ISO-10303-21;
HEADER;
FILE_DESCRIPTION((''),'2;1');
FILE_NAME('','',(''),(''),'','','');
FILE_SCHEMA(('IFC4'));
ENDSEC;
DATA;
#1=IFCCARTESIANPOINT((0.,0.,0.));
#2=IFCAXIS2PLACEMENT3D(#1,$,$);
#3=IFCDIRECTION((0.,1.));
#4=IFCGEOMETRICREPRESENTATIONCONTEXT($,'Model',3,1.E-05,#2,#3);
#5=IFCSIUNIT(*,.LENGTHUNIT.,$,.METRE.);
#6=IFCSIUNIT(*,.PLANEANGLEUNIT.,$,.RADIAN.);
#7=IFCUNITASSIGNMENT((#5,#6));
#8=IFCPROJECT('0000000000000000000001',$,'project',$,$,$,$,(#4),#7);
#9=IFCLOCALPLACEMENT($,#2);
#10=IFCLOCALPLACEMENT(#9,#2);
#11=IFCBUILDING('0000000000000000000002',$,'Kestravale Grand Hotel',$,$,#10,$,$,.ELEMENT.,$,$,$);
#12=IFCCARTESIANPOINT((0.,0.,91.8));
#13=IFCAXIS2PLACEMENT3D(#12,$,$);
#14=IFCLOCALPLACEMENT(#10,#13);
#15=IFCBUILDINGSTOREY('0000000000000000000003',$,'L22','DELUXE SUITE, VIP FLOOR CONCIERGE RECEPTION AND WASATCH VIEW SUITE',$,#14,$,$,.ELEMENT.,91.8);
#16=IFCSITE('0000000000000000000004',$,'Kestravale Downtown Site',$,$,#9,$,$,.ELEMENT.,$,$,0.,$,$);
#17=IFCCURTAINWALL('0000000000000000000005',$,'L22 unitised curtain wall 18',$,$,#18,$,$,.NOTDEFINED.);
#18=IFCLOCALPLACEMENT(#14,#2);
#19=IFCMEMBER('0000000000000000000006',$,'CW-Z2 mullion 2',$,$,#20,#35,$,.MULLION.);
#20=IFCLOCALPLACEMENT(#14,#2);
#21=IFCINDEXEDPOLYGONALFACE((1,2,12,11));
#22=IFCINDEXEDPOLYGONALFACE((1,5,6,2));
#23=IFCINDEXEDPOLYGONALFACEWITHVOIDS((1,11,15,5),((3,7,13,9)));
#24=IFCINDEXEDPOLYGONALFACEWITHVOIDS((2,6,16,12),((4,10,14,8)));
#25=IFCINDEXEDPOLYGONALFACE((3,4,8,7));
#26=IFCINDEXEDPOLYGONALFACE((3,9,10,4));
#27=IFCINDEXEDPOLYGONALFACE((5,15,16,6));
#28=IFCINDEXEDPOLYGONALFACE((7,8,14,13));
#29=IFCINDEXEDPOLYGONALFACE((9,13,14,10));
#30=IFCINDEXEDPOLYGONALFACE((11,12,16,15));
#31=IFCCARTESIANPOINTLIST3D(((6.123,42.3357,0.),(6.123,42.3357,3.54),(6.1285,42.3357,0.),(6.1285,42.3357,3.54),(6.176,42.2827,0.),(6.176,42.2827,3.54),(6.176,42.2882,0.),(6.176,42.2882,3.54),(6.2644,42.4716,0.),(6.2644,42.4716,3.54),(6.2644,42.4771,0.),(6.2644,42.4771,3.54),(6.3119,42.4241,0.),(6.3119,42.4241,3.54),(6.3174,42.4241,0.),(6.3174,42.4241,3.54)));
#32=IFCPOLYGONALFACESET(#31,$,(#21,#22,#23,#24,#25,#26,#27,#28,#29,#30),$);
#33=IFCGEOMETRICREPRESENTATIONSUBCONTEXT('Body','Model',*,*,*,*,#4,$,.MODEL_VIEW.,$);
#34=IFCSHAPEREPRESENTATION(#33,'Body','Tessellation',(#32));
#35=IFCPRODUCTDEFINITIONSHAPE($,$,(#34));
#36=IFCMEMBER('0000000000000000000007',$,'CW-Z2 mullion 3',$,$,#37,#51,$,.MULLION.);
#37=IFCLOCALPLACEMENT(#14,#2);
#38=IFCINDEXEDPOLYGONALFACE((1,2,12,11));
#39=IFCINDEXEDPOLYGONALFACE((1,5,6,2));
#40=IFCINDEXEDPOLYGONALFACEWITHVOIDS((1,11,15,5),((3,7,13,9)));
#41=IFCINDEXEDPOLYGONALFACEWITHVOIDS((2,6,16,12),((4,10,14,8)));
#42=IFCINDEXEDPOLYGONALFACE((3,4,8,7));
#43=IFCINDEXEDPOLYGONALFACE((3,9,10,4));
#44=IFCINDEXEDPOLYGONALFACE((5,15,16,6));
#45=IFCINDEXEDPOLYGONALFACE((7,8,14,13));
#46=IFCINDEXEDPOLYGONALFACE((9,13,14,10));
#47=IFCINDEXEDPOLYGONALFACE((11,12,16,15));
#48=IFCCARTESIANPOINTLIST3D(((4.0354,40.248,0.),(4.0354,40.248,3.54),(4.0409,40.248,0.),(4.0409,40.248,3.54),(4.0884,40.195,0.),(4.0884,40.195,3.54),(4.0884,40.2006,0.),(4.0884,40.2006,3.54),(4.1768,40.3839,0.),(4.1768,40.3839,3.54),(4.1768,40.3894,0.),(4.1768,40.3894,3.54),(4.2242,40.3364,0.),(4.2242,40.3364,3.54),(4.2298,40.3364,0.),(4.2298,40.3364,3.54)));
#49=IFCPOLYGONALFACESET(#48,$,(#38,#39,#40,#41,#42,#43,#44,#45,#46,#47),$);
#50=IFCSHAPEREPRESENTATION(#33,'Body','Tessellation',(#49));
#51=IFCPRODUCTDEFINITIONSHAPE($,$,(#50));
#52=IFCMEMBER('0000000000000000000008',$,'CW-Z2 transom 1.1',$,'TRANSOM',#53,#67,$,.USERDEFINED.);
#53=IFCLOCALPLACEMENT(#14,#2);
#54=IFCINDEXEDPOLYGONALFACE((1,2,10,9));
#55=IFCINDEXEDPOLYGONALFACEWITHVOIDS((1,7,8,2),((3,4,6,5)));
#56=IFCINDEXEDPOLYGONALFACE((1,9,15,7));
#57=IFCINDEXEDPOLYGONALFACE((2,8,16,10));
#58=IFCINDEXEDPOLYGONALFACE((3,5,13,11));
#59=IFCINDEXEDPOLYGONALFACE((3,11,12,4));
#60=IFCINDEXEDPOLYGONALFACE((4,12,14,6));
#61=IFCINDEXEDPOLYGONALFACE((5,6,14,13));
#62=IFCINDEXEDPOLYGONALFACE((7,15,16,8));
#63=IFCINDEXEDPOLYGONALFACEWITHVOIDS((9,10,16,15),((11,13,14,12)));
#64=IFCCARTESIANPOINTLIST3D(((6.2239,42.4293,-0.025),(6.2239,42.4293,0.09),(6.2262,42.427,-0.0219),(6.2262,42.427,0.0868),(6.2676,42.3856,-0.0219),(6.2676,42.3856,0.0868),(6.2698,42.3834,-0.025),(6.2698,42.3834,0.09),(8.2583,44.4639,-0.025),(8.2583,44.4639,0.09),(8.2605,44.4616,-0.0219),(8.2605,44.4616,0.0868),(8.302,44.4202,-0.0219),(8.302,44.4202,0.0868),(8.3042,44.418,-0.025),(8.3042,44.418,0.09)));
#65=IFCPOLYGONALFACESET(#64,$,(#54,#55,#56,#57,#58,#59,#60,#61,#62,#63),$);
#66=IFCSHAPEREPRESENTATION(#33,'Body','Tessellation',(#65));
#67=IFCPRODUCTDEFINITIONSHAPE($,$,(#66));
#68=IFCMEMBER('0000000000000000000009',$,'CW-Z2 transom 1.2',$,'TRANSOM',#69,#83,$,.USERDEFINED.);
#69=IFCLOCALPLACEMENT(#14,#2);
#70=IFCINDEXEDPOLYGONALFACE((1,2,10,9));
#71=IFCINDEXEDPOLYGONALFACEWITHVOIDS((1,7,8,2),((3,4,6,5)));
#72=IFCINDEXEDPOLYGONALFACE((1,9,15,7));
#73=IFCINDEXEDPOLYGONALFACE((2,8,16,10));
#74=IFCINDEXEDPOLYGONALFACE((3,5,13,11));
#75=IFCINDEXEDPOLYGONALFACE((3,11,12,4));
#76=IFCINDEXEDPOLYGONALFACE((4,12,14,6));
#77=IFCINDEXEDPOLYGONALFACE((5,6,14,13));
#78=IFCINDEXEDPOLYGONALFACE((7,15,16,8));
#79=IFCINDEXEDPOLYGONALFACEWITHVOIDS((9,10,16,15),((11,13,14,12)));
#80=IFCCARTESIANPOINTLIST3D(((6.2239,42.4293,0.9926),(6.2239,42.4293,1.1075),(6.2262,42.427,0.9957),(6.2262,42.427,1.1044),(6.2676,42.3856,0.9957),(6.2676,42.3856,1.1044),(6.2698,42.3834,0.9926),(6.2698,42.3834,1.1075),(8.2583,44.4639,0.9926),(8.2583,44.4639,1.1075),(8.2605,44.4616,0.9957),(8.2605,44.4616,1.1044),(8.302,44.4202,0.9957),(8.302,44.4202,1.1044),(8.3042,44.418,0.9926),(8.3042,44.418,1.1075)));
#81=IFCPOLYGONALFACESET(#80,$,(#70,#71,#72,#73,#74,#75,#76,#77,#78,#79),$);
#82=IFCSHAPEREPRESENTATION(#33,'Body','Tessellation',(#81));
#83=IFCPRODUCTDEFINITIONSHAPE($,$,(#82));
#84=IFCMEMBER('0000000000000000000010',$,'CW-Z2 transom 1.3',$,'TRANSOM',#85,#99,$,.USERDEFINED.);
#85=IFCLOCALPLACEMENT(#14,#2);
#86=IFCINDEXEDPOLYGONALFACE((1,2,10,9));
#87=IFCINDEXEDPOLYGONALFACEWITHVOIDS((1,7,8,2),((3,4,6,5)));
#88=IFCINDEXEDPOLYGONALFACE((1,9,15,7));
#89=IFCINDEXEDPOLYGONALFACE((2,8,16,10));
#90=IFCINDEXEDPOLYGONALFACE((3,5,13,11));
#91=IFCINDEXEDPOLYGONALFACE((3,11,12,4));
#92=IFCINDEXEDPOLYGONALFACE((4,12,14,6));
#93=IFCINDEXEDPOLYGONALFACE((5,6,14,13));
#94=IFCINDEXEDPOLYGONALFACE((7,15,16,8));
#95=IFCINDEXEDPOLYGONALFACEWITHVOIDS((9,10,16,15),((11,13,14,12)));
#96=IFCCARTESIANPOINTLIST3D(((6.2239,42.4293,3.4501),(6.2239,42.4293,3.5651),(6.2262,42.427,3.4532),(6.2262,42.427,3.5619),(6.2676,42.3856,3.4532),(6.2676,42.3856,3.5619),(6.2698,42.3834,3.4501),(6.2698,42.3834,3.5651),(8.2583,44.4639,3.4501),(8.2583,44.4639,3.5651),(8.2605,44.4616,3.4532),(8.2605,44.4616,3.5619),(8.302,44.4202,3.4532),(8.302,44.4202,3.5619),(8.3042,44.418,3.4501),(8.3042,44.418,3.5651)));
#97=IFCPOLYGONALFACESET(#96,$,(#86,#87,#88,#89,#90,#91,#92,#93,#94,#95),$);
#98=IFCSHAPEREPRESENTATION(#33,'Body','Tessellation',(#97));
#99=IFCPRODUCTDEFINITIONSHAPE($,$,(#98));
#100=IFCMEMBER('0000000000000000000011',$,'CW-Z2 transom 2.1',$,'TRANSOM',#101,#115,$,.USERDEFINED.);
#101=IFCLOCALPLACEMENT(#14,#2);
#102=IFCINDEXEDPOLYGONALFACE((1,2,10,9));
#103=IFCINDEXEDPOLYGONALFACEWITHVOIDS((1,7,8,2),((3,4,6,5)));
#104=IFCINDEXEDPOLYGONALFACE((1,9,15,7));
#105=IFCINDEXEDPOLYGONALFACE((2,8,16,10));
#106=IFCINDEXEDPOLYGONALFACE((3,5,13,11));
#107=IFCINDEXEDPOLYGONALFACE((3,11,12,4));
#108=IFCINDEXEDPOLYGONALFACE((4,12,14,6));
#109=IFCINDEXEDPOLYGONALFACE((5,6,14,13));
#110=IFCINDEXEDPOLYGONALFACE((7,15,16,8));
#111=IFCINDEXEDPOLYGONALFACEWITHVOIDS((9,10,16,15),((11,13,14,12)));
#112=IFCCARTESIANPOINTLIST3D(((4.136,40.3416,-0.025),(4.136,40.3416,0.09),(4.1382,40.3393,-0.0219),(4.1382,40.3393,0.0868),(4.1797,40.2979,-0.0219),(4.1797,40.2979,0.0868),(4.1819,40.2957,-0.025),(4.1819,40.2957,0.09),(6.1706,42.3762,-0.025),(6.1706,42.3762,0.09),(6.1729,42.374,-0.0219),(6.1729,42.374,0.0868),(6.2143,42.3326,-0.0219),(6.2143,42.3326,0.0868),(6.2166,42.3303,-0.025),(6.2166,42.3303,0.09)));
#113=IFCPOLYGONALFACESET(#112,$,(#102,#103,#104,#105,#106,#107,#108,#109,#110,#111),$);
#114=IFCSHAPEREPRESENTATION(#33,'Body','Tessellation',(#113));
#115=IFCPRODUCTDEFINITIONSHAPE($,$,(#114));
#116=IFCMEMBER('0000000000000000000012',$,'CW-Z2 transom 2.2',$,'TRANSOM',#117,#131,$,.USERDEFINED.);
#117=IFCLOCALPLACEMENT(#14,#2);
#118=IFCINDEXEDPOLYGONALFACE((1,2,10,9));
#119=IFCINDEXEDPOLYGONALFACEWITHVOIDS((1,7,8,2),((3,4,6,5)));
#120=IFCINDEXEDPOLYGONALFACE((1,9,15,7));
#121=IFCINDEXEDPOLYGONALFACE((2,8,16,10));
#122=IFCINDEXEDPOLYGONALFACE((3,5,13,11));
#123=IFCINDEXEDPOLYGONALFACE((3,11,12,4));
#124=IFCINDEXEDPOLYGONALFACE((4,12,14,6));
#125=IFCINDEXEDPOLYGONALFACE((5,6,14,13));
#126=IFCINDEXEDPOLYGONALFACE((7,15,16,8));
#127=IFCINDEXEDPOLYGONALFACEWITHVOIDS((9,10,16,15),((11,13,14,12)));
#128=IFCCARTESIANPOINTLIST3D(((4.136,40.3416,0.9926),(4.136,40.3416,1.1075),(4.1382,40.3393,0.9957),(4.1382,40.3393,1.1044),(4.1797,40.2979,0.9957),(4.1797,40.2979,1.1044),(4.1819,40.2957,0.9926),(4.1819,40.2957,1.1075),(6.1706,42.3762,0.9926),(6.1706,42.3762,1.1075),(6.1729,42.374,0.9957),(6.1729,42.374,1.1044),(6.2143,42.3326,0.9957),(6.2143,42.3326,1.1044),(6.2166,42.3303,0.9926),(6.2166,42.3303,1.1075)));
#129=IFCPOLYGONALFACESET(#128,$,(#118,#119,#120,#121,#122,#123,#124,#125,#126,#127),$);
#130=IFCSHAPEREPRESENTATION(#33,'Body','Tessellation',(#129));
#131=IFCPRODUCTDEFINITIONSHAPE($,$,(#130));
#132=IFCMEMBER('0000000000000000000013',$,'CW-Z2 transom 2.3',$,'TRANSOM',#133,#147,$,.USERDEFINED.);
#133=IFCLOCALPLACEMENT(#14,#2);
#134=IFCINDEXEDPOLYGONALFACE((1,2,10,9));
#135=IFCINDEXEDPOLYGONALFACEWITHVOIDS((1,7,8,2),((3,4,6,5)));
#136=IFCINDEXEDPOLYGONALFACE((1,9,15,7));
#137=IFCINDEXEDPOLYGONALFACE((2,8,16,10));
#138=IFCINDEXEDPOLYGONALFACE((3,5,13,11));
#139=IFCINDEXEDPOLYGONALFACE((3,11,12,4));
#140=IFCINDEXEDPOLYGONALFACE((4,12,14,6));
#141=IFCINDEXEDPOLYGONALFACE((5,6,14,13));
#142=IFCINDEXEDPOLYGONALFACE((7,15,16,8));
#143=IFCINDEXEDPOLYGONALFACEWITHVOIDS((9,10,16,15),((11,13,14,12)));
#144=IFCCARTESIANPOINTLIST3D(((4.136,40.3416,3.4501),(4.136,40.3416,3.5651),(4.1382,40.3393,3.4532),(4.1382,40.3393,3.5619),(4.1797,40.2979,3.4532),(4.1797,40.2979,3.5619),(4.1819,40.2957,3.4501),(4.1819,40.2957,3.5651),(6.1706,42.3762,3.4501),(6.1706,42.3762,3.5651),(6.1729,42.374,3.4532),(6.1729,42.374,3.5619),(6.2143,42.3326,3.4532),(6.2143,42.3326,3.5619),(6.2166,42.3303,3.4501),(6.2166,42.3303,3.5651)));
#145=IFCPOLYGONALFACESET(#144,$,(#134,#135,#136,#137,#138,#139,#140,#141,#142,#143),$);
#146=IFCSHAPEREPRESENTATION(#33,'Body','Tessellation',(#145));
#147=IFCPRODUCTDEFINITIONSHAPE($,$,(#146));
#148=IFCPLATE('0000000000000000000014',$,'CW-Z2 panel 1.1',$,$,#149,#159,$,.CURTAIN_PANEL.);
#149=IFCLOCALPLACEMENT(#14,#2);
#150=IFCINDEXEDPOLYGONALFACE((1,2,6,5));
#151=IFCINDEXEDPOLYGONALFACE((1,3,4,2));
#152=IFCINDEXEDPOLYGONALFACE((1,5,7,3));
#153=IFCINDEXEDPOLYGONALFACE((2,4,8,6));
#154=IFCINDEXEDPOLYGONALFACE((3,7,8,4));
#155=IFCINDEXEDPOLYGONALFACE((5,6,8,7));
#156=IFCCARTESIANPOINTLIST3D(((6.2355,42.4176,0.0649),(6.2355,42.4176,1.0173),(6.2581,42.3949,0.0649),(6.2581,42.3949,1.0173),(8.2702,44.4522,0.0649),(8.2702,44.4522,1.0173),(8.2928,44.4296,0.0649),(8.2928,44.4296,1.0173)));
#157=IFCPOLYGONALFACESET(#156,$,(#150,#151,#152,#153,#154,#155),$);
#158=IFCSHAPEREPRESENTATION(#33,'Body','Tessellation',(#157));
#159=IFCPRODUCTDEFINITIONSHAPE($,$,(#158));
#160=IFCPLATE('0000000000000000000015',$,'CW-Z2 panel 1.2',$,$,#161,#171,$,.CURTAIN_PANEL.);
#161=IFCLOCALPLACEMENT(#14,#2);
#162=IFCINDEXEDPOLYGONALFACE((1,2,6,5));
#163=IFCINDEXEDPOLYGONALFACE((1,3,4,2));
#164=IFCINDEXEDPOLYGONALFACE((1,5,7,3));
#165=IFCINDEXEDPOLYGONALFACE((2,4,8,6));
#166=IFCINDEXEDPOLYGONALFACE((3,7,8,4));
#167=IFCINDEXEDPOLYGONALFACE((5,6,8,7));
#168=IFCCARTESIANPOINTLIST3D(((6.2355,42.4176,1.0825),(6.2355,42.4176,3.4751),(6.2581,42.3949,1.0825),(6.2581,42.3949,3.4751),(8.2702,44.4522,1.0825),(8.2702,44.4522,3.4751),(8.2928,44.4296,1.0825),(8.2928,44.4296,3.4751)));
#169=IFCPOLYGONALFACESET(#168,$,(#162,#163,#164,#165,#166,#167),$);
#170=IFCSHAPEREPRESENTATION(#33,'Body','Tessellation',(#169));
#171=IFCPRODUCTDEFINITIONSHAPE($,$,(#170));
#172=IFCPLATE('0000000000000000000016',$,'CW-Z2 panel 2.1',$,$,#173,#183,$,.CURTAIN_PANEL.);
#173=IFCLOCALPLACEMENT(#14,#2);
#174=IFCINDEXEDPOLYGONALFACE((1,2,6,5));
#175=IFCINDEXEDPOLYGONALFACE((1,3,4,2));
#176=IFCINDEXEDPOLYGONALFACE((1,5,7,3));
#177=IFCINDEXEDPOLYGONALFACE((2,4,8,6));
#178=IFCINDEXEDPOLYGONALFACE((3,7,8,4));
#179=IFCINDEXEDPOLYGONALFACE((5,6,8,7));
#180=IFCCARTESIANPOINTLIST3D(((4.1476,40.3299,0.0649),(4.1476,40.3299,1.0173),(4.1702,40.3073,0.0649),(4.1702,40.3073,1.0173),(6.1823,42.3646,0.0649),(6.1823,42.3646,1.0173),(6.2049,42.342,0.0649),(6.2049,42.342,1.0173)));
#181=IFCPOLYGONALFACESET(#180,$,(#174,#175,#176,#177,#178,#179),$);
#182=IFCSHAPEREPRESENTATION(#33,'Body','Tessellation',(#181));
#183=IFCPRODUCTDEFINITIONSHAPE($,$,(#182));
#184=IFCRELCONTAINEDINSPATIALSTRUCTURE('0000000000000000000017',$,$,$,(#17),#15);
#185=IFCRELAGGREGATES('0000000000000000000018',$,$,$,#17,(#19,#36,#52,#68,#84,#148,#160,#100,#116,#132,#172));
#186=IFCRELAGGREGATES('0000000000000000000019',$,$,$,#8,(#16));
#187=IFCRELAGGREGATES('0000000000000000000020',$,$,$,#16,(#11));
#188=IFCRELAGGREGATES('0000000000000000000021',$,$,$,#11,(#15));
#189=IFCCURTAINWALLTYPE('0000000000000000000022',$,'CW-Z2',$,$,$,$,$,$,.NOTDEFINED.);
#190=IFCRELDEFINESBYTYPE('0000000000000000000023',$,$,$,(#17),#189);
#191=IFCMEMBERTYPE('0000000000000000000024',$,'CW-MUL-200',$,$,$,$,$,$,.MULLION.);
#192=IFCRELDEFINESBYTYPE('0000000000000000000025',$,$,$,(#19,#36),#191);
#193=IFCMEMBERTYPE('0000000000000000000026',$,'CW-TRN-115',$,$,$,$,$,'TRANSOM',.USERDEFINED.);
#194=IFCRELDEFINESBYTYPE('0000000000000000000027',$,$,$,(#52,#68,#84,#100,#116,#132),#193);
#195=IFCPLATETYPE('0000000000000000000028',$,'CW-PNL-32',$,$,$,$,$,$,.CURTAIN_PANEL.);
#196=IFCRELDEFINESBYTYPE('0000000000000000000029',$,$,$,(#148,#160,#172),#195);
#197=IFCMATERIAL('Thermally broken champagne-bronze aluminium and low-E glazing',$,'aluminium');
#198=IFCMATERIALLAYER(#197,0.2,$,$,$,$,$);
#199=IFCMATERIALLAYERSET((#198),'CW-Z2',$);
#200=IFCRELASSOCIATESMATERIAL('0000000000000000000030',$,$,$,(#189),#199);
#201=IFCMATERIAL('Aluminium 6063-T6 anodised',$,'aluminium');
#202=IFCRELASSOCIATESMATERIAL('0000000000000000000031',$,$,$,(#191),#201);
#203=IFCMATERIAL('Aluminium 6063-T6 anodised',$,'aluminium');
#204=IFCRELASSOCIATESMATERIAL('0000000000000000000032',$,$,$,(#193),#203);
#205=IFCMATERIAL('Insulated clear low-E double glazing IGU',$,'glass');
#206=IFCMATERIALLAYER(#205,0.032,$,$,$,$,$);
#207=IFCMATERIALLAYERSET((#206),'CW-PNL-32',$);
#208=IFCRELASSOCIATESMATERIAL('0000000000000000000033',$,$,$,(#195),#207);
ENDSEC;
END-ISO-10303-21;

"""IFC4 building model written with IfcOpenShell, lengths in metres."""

from ifc_helpers import new_model, si_unit, direction, frame, origin, origin_2d, place, context, subcontext, project, spatial, rectangle, hollow_rectangle, extrude, material, layer, layer_set, material_profile, profile_set, type_object, element, aggregate, save


model = new_model("IFC4")

# Units and contexts
model_context = context("Model", 3, precision=1e-05, world=origin(), true_north=direction((0.0, 1.0)))
body_context = subcontext(model_context, "Body", "Model", "MODEL_VIEW")
ifc_project = project(units=[si_unit("LENGTHUNIT", "METRE"), si_unit("PLANEANGLEUNIT", "RADIAN")], contexts=[model_context])

# Site, building, storey
site_placement = place(None, origin())
site = spatial("IfcSite", under=ifc_project, at=site_placement, Name="Kestravale Downtown Site", CompositionType="ELEMENT", RefElevation=0.0)
building_placement = place(site_placement, origin())
building = spatial("IfcBuilding", under=site, at=building_placement, Name="Kestravale Grand Hotel", CompositionType="ELEMENT")
storey_placement = place(building_placement, frame((0.0, 0.0, 91.8)))
storey = spatial("IfcBuildingStorey", under=building, at=storey_placement, Name="L22", Description="DELUXE SUITE, VIP FLOOR CONCIERGE RECEPTION AND WASATCH VIEW SUITE", CompositionType="ELEMENT", Elevation=91.8)

# Curtain wall, members, plates
ifc_material_1 = material(Name="Thermally broken champagne-bronze aluminium and low-E glazing", Category="aluminium")
ifc_layer_1 = layer(ifc_material_1, 0.2)
ifc_layer_set_1 = layer_set([ifc_layer_1], Name="CW-Z2")
curtain_wall_type = type_object("IfcCurtainWallType", Name="CW-Z2", PredefinedType="NOTDEFINED", material=ifc_layer_set_1)
curtain_wall_placement = place(storey_placement, origin())
curtain_wall = element("IfcCurtainWall", 1, at=curtain_wall_placement, inside=storey, type_object=curtain_wall_type, Name="L22 unitised curtain wall 18", PredefinedType="NOTDEFINED")
ifc_material_2 = material(Name="Aluminium 6063-T6 anodised", Category="aluminium")
ifc_material_profile_1 = material_profile(ifc_material_2, hollow_rectangle(XDim=0.075, YDim=0.2, WallThickness=0.0039, at=origin_2d()))
ifc_profile_set_1 = profile_set([ifc_material_profile_1], Name="Aluminium 6063-T6 anodised")
member_type_1 = type_object("IfcMemberType", Name="CW-MUL-200", PredefinedType="MULLION", material=ifc_profile_set_1)
member_1_placement = place(storey_placement, frame((6.2202, 42.3799, 0.0), z_axis=(0.0, 0.0, 1.0), x_axis=(0.707107, -0.707107, 0.0)))
member_1 = element("IfcMember", 2, at=member_1_placement, type_object=member_type_1, Name="CW-Z2 mullion 2", PredefinedType="MULLION", context=body_context, shape_type="SweptSolid", body=[
    extrude(hollow_rectangle(XDim=0.075, YDim=0.2, WallThickness=0.0039, at=origin_2d()), origin(), (0.0, 0.0, 1.0), 3.54),
])
member_2_placement = place(storey_placement, frame((4.1326, 40.2922, 0.0), z_axis=(0.0, 0.0, 1.0), x_axis=(0.707107, -0.707107, 0.0)))
member_2 = element("IfcMember", 3, at=member_2_placement, type_object=member_type_1, Name="CW-Z2 mullion 3", PredefinedType="MULLION", context=body_context, shape_type="SweptSolid", body=[
    extrude(hollow_rectangle(XDim=0.075, YDim=0.2, WallThickness=0.0039, at=origin_2d()), origin(), (0.0, 0.0, 1.0), 3.54),
])
ifc_material_3 = material(Name="Aluminium 6063-T6 anodised", Category="aluminium")
ifc_material_profile_2 = material_profile(ifc_material_3, hollow_rectangle(XDim=0.0649, YDim=0.115, WallThickness=0.0032, at=origin_2d()))
ifc_profile_set_2 = profile_set([ifc_material_profile_2], Name="Aluminium 6063-T6 anodised")
member_type_2 = type_object("IfcMemberType", Name="CW-TRN-115", ElementType="TRANSOM", PredefinedType="USERDEFINED", material=ifc_profile_set_2)
member_3_placement = place(storey_placement, frame((8.2812, 44.4409, 0.0325), z_axis=(-0.707064, -0.707149, 0.0), x_axis=(0.707149, -0.707064, 0.0)))
member_3 = element("IfcMember", 4, at=member_3_placement, type_object=member_type_2, Name="CW-Z2 transom 1.1", ObjectType="TRANSOM", PredefinedType="USERDEFINED", context=body_context, shape_type="SweptSolid", body=[
    extrude(hollow_rectangle(XDim=0.0649, YDim=0.115, WallThickness=0.0032, at=origin_2d()), origin(), (0.0, 0.0, 1.0), 2.8772),
])
member_4_placement = place(storey_placement, frame((8.2812, 44.4409, 1.05), z_axis=(-0.707064, -0.707149, 0.0), x_axis=(0.707149, -0.707064, 0.0)))
member_4 = element("IfcMember", 5, at=member_4_placement, type_object=member_type_2, Name="CW-Z2 transom 1.2", ObjectType="TRANSOM", PredefinedType="USERDEFINED", context=body_context, shape_type="SweptSolid", body=[
    extrude(hollow_rectangle(XDim=0.0649, YDim=0.115, WallThickness=0.0032, at=origin_2d()), origin(), (0.0, 0.0, 1.0), 2.8772),
])
member_5_placement = place(storey_placement, frame((8.2812, 44.4409, 3.5076), z_axis=(-0.707064, -0.707149, 0.0), x_axis=(0.707149, -0.707064, 0.0)))
member_5 = element("IfcMember", 6, at=member_5_placement, type_object=member_type_2, Name="CW-Z2 transom 1.3", ObjectType="TRANSOM", PredefinedType="USERDEFINED", context=body_context, shape_type="SweptSolid", body=[
    extrude(hollow_rectangle(XDim=0.0649, YDim=0.115, WallThickness=0.0032, at=origin_2d()), origin(), (0.0, 0.0, 1.0), 2.8772),
])
member_6_placement = place(storey_placement, frame((6.1936, 42.3533, 0.0325), z_axis=(-0.707107, -0.707107, 0.0), x_axis=(0.707107, -0.707107, 0.0)))
member_6 = element("IfcMember", 7, at=member_6_placement, type_object=member_type_2, Name="CW-Z2 transom 2.1", ObjectType="TRANSOM", PredefinedType="USERDEFINED", context=body_context, shape_type="SweptSolid", body=[
    extrude(hollow_rectangle(XDim=0.0649, YDim=0.115, WallThickness=0.0032, at=origin_2d()), origin(), (0.0, 0.0, 1.0), 2.8774),
])
member_7_placement = place(storey_placement, frame((6.1936, 42.3533, 1.05), z_axis=(-0.707107, -0.707107, 0.0), x_axis=(0.707107, -0.707107, 0.0)))
member_7 = element("IfcMember", 8, at=member_7_placement, type_object=member_type_2, Name="CW-Z2 transom 2.2", ObjectType="TRANSOM", PredefinedType="USERDEFINED", context=body_context, shape_type="SweptSolid", body=[
    extrude(hollow_rectangle(XDim=0.0649, YDim=0.115, WallThickness=0.0032, at=origin_2d()), origin(), (0.0, 0.0, 1.0), 2.8774),
])
member_8_placement = place(storey_placement, frame((6.1936, 42.3533, 3.5076), z_axis=(-0.707107, -0.707107, 0.0), x_axis=(0.707107, -0.707107, 0.0)))
member_8 = element("IfcMember", 9, at=member_8_placement, type_object=member_type_2, Name="CW-Z2 transom 2.3", ObjectType="TRANSOM", PredefinedType="USERDEFINED", context=body_context, shape_type="SweptSolid", body=[
    extrude(hollow_rectangle(XDim=0.0649, YDim=0.115, WallThickness=0.0032, at=origin_2d()), origin(), (0.0, 0.0, 1.0), 2.8774),
])
ifc_material_4 = material(Name="Insulated clear low-E double glazing IGU", Category="glass")
ifc_layer_2 = layer(ifc_material_4, 0.032)
ifc_layer_set_2 = layer_set([ifc_layer_2], Name="CW-PNL-32")
plate_type = type_object("IfcPlateType", Name="CW-PNL-32", PredefinedType="CURTAIN_PANEL", material=ifc_layer_set_2)
plate_1_placement = place(storey_placement, frame((7.2642, 43.4236, 0.0649), z_axis=(0.0, 0.0, 1.0), x_axis=(-0.707107, -0.707107, 0.0)))
plate_1 = element("IfcPlate", 10, at=plate_1_placement, type_object=plate_type, Name="CW-Z2 panel 1.1", PredefinedType="CURTAIN_PANEL", context=body_context, shape_type="SweptSolid", body=[
    extrude(rectangle(XDim=2.8774, YDim=0.032, at=origin_2d()), origin(), (0.0, 0.0, 1.0), 0.9524),
])
plate_2_placement = place(storey_placement, frame((7.2642, 43.4236, 1.0825), z_axis=(0.0, 0.0, 1.0), x_axis=(-0.707107, -0.707107, 0.0)))
plate_2 = element("IfcPlate", 11, at=plate_2_placement, type_object=plate_type, Name="CW-Z2 panel 1.2", PredefinedType="CURTAIN_PANEL", context=body_context, shape_type="SweptSolid", body=[
    extrude(rectangle(XDim=2.8774, YDim=0.032, at=origin_2d()), origin(), (0.0, 0.0, 1.0), 2.3926),
])
plate_3_placement = place(storey_placement, frame((5.1763, 41.3359, 0.0649), z_axis=(0.0, 0.0, 1.0), x_axis=(-0.707107, -0.707107, 0.0)))
plate_3 = element("IfcPlate", 12, at=plate_3_placement, type_object=plate_type, Name="CW-Z2 panel 2.1", PredefinedType="CURTAIN_PANEL", context=body_context, shape_type="SweptSolid", body=[
    extrude(rectangle(XDim=2.8774, YDim=0.032, at=origin_2d()), origin(), (0.0, 0.0, 1.0), 0.9524),
])
aggregate(curtain_wall, [member_1, member_2, member_3, member_4, member_5, plate_1, plate_2, member_6, member_7, member_8, plate_3])

save(model, "model.ifc")
